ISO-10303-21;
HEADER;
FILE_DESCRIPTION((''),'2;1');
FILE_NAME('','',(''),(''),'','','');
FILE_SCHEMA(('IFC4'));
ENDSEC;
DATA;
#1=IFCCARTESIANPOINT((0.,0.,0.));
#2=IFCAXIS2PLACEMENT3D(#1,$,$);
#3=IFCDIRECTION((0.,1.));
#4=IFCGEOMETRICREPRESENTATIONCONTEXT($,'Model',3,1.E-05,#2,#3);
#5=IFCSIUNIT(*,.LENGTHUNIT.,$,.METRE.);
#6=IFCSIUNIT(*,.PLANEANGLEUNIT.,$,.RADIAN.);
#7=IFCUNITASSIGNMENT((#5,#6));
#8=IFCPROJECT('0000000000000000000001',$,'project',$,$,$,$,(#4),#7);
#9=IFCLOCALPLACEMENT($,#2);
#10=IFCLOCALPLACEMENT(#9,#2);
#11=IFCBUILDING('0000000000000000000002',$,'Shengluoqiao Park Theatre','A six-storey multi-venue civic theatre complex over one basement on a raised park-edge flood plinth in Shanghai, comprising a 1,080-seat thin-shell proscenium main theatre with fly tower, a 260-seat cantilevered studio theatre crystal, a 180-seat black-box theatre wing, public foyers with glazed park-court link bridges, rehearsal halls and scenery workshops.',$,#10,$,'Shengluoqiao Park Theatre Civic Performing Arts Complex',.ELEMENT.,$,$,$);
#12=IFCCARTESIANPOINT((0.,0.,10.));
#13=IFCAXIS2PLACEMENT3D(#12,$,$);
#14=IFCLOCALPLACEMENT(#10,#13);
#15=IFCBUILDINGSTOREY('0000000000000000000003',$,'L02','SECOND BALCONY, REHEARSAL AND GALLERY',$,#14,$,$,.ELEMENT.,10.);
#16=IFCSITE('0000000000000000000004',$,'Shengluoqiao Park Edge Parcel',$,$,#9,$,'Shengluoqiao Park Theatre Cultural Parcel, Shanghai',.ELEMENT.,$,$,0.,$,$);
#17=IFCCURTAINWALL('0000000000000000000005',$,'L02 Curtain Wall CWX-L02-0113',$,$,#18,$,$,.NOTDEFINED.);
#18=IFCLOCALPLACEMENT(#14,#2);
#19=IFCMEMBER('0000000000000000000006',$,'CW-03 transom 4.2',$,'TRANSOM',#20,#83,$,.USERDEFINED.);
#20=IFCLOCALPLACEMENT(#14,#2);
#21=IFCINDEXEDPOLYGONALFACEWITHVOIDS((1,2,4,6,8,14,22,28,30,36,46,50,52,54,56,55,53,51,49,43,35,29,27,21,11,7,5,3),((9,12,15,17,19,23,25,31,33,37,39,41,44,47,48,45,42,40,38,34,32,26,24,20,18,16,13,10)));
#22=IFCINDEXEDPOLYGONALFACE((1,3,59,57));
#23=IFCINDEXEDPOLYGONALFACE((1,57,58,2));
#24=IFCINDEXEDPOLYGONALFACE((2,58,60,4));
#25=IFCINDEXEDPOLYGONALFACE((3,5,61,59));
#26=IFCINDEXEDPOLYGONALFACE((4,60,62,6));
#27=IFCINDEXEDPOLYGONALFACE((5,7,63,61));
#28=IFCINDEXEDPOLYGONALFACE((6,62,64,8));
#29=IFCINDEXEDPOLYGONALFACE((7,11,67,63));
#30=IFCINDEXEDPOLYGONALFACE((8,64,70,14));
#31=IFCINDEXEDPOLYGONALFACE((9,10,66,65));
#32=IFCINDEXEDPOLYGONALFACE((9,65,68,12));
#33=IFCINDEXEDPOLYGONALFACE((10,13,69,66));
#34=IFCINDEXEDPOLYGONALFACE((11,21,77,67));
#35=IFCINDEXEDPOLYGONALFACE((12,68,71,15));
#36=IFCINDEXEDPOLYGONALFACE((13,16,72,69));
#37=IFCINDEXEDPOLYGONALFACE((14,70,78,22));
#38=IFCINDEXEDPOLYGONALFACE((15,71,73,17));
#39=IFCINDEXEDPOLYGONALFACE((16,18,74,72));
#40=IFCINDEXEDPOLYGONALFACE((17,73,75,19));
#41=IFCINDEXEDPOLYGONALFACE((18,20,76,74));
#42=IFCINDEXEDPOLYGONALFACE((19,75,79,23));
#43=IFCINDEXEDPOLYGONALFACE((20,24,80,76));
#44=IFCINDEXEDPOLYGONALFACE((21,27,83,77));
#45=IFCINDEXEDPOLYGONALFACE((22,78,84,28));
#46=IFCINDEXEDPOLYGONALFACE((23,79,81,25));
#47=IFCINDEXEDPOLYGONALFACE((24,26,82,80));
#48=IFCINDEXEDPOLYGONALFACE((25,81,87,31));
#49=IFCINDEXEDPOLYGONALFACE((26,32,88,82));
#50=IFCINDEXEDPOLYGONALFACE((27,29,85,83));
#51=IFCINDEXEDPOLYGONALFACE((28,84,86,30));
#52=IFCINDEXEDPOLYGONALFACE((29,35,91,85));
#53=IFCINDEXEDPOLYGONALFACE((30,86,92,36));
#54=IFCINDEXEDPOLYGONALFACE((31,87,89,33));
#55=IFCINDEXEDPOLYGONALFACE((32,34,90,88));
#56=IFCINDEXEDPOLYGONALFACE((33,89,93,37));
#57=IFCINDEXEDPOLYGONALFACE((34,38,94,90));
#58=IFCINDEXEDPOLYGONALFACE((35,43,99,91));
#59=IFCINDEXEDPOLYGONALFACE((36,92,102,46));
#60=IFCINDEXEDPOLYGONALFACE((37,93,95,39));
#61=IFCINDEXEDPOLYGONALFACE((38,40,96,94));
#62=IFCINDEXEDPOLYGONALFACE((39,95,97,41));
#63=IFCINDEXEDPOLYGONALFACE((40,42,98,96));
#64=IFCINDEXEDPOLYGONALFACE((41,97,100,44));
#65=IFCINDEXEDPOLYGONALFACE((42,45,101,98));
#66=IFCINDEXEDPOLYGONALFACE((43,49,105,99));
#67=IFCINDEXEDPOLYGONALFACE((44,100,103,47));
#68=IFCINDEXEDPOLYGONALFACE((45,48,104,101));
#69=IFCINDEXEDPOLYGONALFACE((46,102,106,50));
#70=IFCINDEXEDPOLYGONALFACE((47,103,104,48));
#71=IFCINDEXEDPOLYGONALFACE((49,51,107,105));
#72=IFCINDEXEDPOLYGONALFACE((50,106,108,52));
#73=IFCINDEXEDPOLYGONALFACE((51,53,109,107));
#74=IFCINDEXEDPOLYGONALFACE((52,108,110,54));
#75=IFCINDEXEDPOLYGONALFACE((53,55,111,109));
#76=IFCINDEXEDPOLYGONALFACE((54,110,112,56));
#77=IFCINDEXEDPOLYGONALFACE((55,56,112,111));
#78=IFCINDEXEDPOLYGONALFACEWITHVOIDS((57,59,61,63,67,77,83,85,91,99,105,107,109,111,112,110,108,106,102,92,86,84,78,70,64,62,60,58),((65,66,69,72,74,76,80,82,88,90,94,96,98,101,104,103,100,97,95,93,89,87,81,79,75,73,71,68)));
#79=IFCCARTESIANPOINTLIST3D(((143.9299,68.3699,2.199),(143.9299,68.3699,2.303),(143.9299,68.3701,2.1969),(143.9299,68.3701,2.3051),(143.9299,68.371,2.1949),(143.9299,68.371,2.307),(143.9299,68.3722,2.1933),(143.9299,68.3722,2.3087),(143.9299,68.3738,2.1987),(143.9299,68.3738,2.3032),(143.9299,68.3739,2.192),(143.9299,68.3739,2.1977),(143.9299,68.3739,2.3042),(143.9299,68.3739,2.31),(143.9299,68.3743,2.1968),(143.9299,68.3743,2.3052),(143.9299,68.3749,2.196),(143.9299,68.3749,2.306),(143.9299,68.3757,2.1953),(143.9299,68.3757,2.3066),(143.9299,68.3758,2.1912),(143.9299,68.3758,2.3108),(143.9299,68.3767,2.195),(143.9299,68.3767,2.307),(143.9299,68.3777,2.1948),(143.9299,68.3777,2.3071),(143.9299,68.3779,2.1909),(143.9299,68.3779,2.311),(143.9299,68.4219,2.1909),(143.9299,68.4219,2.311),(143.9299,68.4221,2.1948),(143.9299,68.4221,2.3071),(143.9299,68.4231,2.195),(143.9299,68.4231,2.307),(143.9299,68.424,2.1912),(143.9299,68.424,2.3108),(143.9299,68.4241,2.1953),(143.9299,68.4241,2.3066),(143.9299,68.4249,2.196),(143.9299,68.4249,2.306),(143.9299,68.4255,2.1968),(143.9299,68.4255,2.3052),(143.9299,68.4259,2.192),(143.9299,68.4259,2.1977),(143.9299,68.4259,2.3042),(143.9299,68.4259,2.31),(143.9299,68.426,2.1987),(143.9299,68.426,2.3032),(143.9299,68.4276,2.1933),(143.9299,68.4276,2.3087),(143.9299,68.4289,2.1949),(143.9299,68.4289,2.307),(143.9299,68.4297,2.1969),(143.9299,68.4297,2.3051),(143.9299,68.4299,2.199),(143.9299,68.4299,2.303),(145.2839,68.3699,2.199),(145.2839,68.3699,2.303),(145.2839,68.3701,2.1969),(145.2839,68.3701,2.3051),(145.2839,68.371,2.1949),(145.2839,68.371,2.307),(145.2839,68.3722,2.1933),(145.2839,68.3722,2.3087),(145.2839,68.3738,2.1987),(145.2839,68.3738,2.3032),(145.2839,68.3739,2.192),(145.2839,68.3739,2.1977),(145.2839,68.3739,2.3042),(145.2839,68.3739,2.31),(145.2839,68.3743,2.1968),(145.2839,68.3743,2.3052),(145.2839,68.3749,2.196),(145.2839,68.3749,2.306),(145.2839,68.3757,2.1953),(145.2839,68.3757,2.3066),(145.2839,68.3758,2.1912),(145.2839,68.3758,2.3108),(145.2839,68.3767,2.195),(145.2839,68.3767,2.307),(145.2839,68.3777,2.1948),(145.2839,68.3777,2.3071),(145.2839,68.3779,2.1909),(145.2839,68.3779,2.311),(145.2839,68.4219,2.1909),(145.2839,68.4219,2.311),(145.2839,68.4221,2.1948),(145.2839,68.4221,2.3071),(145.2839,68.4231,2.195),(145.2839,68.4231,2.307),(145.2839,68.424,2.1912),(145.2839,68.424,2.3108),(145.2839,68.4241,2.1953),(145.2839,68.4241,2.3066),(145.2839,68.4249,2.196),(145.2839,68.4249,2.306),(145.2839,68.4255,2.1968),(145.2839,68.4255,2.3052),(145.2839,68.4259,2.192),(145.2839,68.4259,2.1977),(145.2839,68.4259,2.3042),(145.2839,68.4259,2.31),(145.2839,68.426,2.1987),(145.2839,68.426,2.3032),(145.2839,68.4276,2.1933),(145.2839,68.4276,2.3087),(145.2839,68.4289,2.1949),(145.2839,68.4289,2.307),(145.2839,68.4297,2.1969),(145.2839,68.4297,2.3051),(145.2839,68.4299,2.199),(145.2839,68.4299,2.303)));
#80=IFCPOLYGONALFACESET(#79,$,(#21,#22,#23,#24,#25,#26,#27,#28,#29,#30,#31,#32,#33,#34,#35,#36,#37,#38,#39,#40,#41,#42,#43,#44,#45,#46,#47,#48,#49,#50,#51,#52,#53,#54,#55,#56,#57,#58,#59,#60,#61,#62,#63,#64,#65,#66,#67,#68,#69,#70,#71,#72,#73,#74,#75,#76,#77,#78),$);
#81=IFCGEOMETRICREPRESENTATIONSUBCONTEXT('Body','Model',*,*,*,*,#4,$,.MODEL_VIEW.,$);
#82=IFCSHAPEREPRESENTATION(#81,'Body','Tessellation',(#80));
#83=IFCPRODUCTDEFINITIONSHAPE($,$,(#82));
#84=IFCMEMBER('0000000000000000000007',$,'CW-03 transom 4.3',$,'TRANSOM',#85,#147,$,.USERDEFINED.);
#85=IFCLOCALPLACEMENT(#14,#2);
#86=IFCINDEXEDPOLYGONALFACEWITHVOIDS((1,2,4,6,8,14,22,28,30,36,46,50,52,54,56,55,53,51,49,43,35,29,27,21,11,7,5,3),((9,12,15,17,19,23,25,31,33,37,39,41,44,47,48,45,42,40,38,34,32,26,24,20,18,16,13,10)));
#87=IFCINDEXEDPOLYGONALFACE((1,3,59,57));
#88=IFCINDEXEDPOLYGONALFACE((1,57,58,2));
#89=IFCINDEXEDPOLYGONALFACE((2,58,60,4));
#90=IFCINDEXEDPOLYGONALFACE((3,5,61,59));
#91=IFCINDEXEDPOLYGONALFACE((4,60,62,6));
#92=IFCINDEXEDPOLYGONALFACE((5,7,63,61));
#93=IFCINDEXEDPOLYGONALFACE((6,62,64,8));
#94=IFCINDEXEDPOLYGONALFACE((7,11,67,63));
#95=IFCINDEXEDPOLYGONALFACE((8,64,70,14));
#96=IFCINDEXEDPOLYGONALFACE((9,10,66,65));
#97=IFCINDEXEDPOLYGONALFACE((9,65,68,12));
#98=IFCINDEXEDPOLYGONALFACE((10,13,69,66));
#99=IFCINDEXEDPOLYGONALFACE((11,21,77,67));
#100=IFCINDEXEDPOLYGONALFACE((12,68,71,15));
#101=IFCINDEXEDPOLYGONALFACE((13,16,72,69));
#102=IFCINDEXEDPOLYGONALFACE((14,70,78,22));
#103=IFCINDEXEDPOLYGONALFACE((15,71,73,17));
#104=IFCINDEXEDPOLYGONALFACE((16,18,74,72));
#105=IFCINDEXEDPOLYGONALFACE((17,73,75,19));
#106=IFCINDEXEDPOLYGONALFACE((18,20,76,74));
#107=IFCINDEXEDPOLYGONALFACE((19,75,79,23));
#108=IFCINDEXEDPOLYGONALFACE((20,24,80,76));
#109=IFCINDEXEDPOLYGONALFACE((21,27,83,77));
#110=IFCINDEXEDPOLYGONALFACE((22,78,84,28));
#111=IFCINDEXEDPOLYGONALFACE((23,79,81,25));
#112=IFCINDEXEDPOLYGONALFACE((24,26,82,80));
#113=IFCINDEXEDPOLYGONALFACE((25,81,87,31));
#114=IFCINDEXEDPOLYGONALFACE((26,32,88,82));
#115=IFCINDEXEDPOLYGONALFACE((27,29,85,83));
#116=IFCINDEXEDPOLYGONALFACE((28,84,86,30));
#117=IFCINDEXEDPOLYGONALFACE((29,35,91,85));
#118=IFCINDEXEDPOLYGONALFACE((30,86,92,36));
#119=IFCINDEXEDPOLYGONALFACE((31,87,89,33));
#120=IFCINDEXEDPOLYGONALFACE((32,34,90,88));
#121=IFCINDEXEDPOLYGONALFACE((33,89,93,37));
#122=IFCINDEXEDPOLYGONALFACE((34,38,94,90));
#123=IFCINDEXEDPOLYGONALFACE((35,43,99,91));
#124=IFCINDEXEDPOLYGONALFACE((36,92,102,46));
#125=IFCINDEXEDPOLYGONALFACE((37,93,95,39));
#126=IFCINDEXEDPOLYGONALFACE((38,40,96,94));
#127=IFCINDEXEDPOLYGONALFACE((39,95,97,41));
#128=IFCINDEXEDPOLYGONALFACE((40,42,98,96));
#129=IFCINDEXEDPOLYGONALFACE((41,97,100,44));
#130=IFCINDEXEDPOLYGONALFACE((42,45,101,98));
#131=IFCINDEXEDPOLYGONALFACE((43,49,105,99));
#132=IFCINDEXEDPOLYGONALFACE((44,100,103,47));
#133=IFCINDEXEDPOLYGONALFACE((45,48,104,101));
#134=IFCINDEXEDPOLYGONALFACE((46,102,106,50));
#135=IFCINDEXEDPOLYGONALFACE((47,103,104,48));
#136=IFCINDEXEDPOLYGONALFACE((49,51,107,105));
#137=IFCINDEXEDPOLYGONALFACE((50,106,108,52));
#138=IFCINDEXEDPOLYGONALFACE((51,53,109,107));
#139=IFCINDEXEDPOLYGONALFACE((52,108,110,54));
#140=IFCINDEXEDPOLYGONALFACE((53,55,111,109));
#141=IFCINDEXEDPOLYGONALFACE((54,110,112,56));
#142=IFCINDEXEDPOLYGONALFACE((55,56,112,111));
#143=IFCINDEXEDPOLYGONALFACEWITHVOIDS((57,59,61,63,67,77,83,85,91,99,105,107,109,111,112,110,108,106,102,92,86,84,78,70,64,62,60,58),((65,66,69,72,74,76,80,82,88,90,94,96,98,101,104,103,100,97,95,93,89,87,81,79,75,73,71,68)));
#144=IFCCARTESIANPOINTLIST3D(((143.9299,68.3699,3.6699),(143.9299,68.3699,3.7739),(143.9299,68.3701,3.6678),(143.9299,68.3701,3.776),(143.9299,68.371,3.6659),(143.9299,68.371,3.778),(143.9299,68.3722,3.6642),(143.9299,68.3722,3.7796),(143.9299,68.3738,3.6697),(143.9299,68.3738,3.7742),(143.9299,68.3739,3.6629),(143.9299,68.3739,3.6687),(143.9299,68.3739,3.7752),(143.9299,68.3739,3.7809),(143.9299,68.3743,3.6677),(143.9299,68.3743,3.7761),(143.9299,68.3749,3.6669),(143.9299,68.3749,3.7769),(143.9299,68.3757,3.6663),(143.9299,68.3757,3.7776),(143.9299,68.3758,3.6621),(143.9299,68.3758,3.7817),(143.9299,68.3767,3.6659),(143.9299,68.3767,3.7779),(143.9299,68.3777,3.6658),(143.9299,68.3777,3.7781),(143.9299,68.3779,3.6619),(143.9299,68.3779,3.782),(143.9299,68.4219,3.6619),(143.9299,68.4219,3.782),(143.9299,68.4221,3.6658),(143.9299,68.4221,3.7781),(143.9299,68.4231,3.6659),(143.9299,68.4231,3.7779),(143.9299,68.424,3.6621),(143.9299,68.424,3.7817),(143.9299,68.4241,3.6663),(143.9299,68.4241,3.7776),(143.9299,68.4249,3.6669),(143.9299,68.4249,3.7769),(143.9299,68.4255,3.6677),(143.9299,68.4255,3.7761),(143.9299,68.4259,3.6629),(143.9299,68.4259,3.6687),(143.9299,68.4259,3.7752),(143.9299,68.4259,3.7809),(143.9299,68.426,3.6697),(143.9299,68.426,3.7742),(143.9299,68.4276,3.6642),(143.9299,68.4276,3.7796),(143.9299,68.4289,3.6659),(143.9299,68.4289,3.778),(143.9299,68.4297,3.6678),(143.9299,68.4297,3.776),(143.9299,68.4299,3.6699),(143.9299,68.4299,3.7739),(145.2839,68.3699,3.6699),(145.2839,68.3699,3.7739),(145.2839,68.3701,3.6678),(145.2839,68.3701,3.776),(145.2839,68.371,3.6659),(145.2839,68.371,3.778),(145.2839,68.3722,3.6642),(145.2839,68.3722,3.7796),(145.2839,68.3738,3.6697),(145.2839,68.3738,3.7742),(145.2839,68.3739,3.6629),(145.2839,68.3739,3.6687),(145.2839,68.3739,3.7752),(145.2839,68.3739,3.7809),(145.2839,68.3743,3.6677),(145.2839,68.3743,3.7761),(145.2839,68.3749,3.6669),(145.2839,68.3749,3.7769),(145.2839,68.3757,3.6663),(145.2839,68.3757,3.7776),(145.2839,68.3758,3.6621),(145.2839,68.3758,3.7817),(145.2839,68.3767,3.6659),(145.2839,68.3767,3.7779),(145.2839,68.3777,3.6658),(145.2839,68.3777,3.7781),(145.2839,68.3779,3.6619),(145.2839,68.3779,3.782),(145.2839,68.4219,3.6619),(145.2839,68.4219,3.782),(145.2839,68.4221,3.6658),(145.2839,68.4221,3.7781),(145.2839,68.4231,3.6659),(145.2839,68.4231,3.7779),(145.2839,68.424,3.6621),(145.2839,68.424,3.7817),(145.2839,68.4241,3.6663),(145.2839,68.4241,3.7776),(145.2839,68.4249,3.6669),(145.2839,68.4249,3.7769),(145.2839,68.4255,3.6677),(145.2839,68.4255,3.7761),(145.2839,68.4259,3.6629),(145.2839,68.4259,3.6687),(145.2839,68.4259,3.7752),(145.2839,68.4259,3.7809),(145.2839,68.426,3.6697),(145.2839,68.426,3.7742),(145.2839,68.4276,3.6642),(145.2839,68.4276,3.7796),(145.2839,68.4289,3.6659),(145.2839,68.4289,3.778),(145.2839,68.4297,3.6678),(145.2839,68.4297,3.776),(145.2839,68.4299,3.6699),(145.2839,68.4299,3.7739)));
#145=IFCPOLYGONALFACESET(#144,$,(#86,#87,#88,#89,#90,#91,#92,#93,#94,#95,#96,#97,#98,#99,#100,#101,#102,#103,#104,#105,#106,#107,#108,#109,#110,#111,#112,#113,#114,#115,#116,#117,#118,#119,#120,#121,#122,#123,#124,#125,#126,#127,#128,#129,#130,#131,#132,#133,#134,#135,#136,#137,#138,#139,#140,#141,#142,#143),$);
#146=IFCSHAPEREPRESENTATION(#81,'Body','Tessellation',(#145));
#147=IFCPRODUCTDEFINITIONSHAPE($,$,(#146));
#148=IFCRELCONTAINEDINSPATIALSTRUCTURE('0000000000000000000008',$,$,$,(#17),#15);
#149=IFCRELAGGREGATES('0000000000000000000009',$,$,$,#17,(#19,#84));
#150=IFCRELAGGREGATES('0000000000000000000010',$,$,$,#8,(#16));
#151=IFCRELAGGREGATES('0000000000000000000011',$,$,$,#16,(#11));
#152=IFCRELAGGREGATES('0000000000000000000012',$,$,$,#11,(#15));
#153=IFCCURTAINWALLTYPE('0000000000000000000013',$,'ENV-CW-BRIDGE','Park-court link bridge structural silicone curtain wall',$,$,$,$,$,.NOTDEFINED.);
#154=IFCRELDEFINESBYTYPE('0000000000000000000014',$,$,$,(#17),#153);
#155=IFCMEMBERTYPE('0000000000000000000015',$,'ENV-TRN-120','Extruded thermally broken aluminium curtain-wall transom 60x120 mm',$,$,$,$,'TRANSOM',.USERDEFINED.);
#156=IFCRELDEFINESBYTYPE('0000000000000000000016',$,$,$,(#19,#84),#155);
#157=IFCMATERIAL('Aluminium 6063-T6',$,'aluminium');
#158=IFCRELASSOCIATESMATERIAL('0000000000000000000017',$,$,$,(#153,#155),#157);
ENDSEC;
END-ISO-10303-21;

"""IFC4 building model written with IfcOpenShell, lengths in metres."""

from ifc_helpers import new_model, si_unit, direction, frame, origin, origin_2d, place, context, subcontext, project, spatial, hollow_rectangle, extrude, material, material_profile, profile_set, type_object, element, aggregate, save


model = new_model("IFC4")

# Units and contexts
model_context = context("Model", 3, precision=1e-05, world=origin(), true_north=direction((0.0, 1.0)))
body_context = subcontext(model_context, "Body", "Model", "MODEL_VIEW")
ifc_project = project(units=[si_unit("LENGTHUNIT", "METRE"), si_unit("PLANEANGLEUNIT", "RADIAN")], contexts=[model_context])

# Site, building, storey
site_placement = place(None, origin())
site = spatial("IfcSite", under=ifc_project, at=site_placement, Name="Shengluoqiao Park Edge Parcel", LongName="Shengluoqiao Park Theatre Cultural Parcel, Shanghai", CompositionType="ELEMENT", RefElevation=0.0)
building_placement = place(site_placement, origin())
building = spatial("IfcBuilding", under=site, at=building_placement, Name="Shengluoqiao Park Theatre", Description="A six-storey multi-venue civic theatre complex over one basement on a raised park-edge flood plinth in Shanghai, comprising a 1,080-seat thin-shell proscenium main theatre with fly tower, a 260-seat cantilevered studio theatre crystal, a 180-seat black-box theatre wing, public foyers with glazed park-court link bridges, rehearsal halls and scenery workshops.", LongName="Shengluoqiao Park Theatre Civic Performing Arts Complex", CompositionType="ELEMENT")
storey_placement = place(building_placement, frame((0.0, 0.0, 10.0)))
storey = spatial("IfcBuildingStorey", under=building, at=storey_placement, Name="L02", Description="SECOND BALCONY, REHEARSAL AND GALLERY", CompositionType="ELEMENT", Elevation=10.0)

# Curtain wall, members
ifc_material_1 = material(Name="Aluminium 6063-T6", Category="aluminium")
curtain_wall_type = type_object("IfcCurtainWallType", Name="ENV-CW-BRIDGE", Description="Park-court link bridge structural silicone curtain wall", PredefinedType="NOTDEFINED", material=ifc_material_1)
curtain_wall_placement = place(storey_placement, origin())
curtain_wall = element("IfcCurtainWall", 1, at=curtain_wall_placement, inside=storey, type_object=curtain_wall_type, Name="L02 Curtain Wall CWX-L02-0113", PredefinedType="NOTDEFINED")
ifc_material_profile_1 = material_profile(ifc_material_1, hollow_rectangle(XDim=0.0601, YDim=0.1201, WallThickness=0.0039, InnerFilletRadius=0.0039, OuterFilletRadius=0.0081, at=origin_2d()), Name="ALU TRANSOM 120x60x4")
ifc_profile_set_1 = profile_set([ifc_material_profile_1], Name="Aluminium 6063-T6")
member_type_1 = type_object("IfcMemberType", Name="ENV-TRN-120", Description="Extruded thermally broken aluminium curtain-wall transom 60x120 mm", ElementType="TRANSOM", PredefinedType="USERDEFINED", material=ifc_profile_set_1)
member_1_placement = place(storey_placement, frame((143.9299, 68.3999, 2.251), z_axis=(1.0, 0.0, 0.0), x_axis=(0.0, 1.0, 0.0)))
member_1 = element("IfcMember", 2, at=member_1_placement, type_object=member_type_1, Name="CW-03 transom 4.2", ObjectType="TRANSOM", PredefinedType="USERDEFINED", context=body_context, shape_type="SweptSolid", body=[
    extrude(hollow_rectangle(XDim=0.0601, YDim=0.1201, WallThickness=0.0039, InnerFilletRadius=0.0039, OuterFilletRadius=0.0081, at=origin_2d()), origin(), (0.0, 0.0, 1.0), 1.354),
])
member_2_placement = place(storey_placement, frame((143.9299, 68.3999, 3.7219), z_axis=(1.0, 0.0, 0.0), x_axis=(0.0, 1.0, 0.0)))
member_2 = element("IfcMember", 3, at=member_2_placement, type_object=member_type_1, Name="CW-03 transom 4.3", ObjectType="TRANSOM", PredefinedType="USERDEFINED", context=body_context, shape_type="SweptSolid", body=[
    extrude(hollow_rectangle(XDim=0.0601, YDim=0.1201, WallThickness=0.0039, InnerFilletRadius=0.0039, OuterFilletRadius=0.0081, at=origin_2d()), origin(), (0.0, 0.0, 1.0), 1.354),
])

aggregate(curtain_wall, [member_1, member_2])

save(model, "model.ifc")
